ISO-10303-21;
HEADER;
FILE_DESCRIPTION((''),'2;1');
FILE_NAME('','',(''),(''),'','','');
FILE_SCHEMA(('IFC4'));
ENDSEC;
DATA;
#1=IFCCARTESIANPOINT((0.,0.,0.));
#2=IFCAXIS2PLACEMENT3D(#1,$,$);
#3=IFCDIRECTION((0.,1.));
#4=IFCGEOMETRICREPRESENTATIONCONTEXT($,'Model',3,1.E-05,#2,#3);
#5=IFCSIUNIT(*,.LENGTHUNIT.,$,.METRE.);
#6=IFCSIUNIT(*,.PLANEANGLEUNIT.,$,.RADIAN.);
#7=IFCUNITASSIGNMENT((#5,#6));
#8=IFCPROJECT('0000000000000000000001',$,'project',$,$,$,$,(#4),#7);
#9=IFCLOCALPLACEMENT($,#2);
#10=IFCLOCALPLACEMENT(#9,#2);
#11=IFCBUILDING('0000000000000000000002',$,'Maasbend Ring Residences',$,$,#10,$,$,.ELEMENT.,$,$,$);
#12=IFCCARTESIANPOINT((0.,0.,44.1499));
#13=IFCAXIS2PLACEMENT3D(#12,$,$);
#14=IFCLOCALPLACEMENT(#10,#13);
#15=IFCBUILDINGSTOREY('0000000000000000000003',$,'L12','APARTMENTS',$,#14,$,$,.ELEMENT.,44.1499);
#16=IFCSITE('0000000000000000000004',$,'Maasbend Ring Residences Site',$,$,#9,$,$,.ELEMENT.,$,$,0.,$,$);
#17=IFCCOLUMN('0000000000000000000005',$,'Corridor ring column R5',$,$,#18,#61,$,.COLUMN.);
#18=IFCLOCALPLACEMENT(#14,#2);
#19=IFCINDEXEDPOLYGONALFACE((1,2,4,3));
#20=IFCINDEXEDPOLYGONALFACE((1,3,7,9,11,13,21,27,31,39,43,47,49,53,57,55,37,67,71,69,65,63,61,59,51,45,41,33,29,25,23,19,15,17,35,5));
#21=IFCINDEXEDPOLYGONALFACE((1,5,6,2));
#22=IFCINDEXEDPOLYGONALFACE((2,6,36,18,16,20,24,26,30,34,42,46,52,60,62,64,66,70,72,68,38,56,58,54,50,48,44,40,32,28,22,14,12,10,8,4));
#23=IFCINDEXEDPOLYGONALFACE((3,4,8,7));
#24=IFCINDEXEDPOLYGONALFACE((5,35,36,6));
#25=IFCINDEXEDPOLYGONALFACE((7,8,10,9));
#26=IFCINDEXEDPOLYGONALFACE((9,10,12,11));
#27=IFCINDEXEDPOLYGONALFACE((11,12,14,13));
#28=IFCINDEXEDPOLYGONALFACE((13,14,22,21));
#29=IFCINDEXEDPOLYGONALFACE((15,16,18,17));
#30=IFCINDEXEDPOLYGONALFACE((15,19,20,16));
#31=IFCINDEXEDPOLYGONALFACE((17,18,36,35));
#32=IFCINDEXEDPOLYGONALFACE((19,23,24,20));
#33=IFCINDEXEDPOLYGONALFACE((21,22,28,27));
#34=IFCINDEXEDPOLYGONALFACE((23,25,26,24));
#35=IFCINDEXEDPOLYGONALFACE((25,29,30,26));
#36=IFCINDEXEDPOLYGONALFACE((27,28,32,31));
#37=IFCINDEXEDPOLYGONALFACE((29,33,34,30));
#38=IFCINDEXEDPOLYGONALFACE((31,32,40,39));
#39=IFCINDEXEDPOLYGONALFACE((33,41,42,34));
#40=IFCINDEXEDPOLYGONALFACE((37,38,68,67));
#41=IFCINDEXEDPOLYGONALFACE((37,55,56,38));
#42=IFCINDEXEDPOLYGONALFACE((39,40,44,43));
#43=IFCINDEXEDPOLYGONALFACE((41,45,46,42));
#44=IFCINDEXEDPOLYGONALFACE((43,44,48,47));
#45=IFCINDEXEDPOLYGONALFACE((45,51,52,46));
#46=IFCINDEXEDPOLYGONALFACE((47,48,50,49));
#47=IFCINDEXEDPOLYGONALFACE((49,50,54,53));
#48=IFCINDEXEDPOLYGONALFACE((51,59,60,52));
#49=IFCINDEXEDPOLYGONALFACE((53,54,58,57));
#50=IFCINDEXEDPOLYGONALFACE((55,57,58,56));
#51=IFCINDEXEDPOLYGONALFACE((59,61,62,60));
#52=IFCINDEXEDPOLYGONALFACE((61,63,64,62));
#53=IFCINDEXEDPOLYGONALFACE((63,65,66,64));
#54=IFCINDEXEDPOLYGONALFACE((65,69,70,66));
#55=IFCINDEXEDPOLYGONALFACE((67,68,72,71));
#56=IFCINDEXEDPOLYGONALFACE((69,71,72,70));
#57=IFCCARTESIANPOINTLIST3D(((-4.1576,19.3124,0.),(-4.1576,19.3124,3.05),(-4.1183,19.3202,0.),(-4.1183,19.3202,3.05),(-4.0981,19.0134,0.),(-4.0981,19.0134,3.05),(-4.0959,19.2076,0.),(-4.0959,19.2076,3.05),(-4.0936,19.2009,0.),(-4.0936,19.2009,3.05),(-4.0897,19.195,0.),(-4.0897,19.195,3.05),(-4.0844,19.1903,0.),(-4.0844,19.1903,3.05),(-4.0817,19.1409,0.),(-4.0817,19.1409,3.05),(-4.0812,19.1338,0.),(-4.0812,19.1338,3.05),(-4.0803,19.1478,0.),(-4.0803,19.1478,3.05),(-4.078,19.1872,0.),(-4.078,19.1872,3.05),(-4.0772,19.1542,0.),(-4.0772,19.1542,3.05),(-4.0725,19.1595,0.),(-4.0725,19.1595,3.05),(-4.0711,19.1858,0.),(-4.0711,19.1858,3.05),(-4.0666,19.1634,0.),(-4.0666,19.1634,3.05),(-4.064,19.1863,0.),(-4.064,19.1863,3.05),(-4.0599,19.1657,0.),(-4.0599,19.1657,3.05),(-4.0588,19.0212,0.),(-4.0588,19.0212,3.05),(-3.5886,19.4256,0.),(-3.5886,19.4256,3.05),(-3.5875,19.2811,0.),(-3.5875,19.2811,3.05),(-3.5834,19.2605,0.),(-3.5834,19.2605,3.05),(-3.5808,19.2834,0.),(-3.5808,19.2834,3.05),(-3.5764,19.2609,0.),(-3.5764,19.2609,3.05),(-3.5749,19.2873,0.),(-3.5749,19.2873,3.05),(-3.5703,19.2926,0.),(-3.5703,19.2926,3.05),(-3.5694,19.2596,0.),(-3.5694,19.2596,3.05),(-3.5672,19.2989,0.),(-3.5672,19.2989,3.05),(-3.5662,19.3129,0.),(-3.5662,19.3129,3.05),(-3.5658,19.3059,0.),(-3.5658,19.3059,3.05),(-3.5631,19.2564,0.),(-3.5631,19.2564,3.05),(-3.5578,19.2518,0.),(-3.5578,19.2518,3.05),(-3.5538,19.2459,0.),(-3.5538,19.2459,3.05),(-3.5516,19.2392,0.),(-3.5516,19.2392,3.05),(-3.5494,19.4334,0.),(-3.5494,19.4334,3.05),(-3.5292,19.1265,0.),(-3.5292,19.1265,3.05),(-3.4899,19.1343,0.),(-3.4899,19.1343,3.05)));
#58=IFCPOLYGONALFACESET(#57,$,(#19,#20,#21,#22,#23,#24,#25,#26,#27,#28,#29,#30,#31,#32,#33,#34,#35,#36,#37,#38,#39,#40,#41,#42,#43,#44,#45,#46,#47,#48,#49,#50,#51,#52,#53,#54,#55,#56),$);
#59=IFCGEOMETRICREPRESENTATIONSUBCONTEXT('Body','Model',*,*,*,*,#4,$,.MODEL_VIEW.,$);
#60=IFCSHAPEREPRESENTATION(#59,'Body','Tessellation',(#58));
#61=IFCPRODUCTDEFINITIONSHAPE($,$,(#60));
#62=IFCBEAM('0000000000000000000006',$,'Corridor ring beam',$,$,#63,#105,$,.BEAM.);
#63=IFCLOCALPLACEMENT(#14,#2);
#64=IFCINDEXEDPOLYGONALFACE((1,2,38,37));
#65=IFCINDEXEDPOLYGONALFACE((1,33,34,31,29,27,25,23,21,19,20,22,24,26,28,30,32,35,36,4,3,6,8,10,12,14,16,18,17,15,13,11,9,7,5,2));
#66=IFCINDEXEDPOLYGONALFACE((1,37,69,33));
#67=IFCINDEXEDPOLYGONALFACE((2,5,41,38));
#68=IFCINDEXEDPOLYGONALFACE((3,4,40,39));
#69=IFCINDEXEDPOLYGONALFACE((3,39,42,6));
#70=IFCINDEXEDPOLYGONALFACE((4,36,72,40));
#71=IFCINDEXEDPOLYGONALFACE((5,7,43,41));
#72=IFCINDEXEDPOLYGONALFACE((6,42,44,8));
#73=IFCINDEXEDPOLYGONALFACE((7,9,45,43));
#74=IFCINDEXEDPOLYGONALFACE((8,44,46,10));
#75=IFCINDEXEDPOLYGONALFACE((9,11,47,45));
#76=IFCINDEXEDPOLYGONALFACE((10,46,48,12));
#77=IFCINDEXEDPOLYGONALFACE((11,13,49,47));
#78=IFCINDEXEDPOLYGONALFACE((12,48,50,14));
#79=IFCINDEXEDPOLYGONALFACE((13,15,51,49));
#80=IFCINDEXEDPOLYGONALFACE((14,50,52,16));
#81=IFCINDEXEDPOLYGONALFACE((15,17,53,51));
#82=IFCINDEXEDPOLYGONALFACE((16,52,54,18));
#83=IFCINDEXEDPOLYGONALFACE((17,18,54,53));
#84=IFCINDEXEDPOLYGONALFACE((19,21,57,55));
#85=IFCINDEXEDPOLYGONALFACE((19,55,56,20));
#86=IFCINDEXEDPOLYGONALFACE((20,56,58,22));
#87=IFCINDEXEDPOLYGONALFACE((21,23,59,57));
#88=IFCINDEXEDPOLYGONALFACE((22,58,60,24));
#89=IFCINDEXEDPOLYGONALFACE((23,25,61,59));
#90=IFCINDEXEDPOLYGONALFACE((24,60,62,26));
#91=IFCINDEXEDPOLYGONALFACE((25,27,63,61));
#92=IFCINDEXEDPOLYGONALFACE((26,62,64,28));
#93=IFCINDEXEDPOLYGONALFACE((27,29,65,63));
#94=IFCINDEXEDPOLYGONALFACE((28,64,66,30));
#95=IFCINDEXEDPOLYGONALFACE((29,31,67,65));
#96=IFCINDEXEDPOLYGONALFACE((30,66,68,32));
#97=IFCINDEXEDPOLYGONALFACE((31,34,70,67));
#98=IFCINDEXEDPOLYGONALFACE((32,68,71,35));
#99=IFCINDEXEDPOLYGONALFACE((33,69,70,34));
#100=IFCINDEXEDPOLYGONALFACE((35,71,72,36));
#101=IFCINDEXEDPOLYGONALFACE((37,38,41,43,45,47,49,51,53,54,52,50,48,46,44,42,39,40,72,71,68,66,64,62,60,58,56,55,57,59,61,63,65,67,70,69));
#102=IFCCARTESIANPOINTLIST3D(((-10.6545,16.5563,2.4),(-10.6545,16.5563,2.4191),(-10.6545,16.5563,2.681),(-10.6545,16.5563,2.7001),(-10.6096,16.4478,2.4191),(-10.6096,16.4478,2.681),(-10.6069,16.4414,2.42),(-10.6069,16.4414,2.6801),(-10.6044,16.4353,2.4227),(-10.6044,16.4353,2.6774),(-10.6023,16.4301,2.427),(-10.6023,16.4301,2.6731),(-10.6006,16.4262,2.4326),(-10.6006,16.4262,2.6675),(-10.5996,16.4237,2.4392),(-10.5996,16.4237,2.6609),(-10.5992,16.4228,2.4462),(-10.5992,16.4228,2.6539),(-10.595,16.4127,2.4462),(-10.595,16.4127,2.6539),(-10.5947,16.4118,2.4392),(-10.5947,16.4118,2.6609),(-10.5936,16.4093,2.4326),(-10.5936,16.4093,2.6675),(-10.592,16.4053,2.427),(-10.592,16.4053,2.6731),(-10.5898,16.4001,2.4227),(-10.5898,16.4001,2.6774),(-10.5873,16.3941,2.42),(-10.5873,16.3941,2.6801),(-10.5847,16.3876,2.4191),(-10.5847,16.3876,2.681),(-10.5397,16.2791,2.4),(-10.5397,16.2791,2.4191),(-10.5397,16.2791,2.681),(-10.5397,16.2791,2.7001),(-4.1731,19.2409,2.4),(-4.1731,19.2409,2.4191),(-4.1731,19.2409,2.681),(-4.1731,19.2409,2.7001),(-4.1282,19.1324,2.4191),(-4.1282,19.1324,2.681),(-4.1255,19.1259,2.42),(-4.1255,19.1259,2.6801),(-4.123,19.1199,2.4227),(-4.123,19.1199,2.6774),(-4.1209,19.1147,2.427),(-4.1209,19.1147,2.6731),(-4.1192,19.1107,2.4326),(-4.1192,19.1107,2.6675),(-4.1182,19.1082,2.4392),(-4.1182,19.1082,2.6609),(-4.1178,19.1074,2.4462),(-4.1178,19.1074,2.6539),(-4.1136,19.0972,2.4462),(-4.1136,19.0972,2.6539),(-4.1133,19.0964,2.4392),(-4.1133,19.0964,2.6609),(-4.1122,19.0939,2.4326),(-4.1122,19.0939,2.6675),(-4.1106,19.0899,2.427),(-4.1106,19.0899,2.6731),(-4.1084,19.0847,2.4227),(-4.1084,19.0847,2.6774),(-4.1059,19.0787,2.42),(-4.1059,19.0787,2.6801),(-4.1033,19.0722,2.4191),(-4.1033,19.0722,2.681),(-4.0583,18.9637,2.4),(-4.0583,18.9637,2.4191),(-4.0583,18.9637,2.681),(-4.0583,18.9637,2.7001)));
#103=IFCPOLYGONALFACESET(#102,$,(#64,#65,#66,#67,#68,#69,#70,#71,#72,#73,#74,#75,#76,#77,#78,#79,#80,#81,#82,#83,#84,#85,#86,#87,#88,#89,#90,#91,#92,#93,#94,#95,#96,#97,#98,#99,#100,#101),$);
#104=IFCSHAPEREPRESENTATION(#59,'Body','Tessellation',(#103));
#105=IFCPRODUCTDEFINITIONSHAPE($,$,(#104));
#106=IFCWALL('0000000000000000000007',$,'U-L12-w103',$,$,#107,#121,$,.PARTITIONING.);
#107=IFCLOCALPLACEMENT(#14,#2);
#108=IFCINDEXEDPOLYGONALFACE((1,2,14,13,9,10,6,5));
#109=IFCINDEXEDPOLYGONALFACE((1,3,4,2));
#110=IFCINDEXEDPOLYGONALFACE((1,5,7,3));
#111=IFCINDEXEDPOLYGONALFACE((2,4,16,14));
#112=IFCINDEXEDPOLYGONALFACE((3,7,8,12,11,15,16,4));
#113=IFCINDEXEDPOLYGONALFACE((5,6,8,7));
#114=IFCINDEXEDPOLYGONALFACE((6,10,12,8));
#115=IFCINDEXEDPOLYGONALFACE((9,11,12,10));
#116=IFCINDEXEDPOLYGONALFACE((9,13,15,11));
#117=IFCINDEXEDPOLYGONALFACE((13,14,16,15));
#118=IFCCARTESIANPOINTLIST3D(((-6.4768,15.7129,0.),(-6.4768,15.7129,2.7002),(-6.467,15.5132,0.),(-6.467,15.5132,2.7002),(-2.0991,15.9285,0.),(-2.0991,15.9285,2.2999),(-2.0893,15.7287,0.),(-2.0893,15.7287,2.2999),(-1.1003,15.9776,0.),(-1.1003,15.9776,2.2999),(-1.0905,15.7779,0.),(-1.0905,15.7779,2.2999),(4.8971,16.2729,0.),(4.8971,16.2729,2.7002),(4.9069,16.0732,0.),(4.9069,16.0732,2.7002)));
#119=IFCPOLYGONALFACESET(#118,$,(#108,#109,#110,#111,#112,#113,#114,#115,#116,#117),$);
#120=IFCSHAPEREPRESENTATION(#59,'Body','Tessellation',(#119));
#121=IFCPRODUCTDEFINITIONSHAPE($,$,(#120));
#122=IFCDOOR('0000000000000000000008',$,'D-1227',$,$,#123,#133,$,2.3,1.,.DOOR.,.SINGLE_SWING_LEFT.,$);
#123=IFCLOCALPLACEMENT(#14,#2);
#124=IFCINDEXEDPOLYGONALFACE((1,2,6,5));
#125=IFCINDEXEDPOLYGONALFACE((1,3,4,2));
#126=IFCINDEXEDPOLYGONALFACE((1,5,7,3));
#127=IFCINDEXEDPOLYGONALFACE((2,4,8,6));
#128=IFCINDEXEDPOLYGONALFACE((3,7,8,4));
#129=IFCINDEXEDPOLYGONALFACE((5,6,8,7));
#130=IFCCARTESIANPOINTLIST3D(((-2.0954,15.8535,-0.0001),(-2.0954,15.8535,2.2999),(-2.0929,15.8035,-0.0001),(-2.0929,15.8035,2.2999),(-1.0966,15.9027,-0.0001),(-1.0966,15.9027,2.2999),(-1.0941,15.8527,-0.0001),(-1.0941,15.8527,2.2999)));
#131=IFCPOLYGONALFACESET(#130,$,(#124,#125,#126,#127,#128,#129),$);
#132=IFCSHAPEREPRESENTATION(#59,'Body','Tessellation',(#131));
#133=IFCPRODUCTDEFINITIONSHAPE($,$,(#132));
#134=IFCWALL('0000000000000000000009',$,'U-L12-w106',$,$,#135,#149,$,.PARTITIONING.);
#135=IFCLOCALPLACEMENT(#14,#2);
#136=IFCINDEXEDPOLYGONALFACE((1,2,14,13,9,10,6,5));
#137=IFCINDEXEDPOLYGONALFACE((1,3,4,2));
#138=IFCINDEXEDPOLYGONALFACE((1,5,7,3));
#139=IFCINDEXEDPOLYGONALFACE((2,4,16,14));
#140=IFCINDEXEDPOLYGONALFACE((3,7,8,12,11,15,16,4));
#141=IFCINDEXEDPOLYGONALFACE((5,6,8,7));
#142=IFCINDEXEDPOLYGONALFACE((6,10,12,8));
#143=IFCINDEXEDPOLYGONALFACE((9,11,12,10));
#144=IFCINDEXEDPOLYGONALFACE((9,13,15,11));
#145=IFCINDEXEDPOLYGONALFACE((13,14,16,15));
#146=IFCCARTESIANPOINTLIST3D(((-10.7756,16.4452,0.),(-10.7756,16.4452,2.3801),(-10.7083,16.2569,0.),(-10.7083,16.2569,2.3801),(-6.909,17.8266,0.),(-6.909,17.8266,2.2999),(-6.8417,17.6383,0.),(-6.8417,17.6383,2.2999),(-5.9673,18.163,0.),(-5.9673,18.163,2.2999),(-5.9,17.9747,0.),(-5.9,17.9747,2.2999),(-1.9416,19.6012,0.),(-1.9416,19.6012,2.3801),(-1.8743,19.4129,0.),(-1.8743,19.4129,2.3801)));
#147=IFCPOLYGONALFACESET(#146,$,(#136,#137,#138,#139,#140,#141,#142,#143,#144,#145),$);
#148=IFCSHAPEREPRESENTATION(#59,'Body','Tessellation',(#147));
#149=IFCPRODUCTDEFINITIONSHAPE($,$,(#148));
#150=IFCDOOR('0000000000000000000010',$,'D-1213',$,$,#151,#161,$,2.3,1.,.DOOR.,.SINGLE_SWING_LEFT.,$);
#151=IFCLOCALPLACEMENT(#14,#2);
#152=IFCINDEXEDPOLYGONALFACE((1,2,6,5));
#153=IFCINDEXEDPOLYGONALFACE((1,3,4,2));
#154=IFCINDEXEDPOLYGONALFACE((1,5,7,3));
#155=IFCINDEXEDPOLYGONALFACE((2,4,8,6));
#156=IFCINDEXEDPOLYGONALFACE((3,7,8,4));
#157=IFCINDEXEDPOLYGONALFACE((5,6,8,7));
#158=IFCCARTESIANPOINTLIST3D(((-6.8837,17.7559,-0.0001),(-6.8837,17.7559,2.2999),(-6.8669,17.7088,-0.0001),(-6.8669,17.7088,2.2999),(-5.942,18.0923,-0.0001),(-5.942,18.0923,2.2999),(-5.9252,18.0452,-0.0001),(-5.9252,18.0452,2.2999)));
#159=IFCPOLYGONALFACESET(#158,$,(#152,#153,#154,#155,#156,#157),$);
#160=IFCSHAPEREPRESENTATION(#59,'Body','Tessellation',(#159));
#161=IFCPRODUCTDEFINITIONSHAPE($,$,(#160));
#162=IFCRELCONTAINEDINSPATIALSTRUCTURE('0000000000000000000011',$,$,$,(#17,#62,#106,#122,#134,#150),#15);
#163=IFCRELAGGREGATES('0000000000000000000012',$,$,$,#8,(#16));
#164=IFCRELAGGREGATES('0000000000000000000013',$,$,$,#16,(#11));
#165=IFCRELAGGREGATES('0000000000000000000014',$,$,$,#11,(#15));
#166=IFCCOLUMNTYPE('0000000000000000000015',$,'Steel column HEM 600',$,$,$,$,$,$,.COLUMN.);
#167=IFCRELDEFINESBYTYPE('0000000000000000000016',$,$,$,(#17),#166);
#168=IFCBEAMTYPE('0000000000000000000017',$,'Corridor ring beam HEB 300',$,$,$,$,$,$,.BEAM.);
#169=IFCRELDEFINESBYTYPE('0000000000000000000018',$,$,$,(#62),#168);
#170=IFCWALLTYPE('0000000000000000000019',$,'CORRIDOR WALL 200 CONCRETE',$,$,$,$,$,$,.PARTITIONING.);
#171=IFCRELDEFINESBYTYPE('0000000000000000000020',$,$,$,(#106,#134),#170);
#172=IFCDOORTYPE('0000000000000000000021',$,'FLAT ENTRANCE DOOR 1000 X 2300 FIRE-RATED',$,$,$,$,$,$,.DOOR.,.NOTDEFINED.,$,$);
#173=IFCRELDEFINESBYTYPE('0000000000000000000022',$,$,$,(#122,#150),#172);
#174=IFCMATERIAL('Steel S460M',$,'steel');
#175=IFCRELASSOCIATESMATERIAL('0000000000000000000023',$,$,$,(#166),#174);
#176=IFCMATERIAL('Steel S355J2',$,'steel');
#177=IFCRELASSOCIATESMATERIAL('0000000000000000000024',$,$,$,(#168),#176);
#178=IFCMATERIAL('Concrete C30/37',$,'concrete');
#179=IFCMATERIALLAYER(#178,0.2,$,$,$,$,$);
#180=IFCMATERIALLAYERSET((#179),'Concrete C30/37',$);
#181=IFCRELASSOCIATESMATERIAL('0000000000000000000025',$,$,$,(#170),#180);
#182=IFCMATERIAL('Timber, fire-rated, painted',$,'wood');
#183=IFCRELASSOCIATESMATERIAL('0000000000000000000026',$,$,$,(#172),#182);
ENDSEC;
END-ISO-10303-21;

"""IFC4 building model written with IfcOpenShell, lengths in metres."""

from ifc_helpers import new_model, si_unit, direction, frame, frame_2d, origin, origin_2d, place, context, subcontext, project, spatial, rectangle, i_section, extrude, material, layer, layer_set, material_profile, profile_set, type_object, element, fill, save


model = new_model("IFC4")

# Units and contexts
model_context = context("Model", 3, precision=1e-05, world=origin(), true_north=direction((0.0, 1.0)))
body_context = subcontext(model_context, "Body", "Model", "MODEL_VIEW")
ifc_project = project(units=[si_unit("LENGTHUNIT", "METRE"), si_unit("PLANEANGLEUNIT", "RADIAN")], contexts=[model_context])

# Site, building, storey
site_placement = place(None, origin())
site = spatial("IfcSite", under=ifc_project, at=site_placement, Name="Maasbend Ring Residences Site", CompositionType="ELEMENT", RefElevation=0.0)
building_placement = place(site_placement, origin())
building = spatial("IfcBuilding", under=site, at=building_placement, Name="Maasbend Ring Residences", CompositionType="ELEMENT")
storey_placement = place(building_placement, frame((0.0, 0.0, 44.1499)))
storey = spatial("IfcBuildingStorey", under=building, at=storey_placement, Name="L12", Description="APARTMENTS", CompositionType="ELEMENT", Elevation=44.1499)

# Column
ifc_material_1 = material(Name="Steel S460M", Category="steel")
ifc_material_profile_1 = material_profile(ifc_material_1, i_section(OverallWidth=0.3049, OverallDepth=0.6201, WebThickness=0.021, FlangeThickness=0.04, FilletRadius=0.0271, at=origin_2d()), Name="HEM 600")
ifc_profile_set_1 = profile_set([ifc_material_profile_1], Name="Steel S460M")
column_type = type_object("IfcColumnType", Name="Steel column HEM 600", PredefinedType="COLUMN", material=ifc_profile_set_1)
column_placement = place(storey_placement, frame((-3.8237, 19.2234, 0.0), z_axis=(0.0, 0.0, 1.0), x_axis=(-0.19509, 0.980785, 0.0)))
element("IfcColumn", 1, at=column_placement, inside=storey, type_object=column_type, Name="Corridor ring column R5", PredefinedType="COLUMN", context=body_context, shape_type="SweptSolid", body=[
    extrude(i_section(OverallWidth=0.3049, OverallDepth=0.6201, WebThickness=0.021, FlangeThickness=0.04, FilletRadius=0.0271, at=origin_2d()), origin(), (0.0, 0.0, 1.0), 3.05),
])

# Beam
ifc_material_2 = material(Name="Steel S355J2", Category="steel")
ifc_material_profile_2 = material_profile(ifc_material_2, i_section(OverallWidth=0.3, OverallDepth=0.3, WebThickness=0.011, FlangeThickness=0.019, FilletRadius=0.0271, at=origin_2d()), Name="HEB 300")
ifc_profile_set_2 = profile_set([ifc_material_profile_2], Name="Steel S355J2")
beam_type = type_object("IfcBeamType", Name="Corridor ring beam HEB 300", PredefinedType="BEAM", material=ifc_profile_set_2)
beam_placement = place(storey_placement, frame((-4.1157, 19.1023, 2.55), z_axis=(-0.923886, -0.382667, 0.0), x_axis=(0.382667, -0.923886, 0.0)))
element("IfcBeam", 2, at=beam_placement, inside=storey, type_object=beam_type, Name="Corridor ring beam", PredefinedType="BEAM", context=body_context, shape_type="SweptSolid", body=[
    extrude(i_section(OverallWidth=0.3, OverallDepth=0.3, WebThickness=0.011, FlangeThickness=0.019, FilletRadius=0.0271, at=origin_2d()), origin(), (0.0, 0.0, 1.0), 7.0154),
])

# Walls, openings, doors
ifc_material_3 = material(Name="Concrete C30/37", Category="concrete")
ifc_layer_1 = layer(ifc_material_3, 0.2)
ifc_layer_set_1 = layer_set([ifc_layer_1], Name="Concrete C30/37")
wall_type_1 = type_object("IfcWallType", Name="CORRIDOR WALL 200 CONCRETE", PredefinedType="PARTITIONING", material=ifc_layer_set_1)
wall_1_placement = place(storey_placement, frame((-6.4719, 15.613, 0.0), z_axis=(0.0, 0.0, 1.0), x_axis=(0.99879, 0.049181, 0.0)))
wall_1 = element("IfcWall", 3, at=wall_1_placement, inside=storey, type_object=wall_type_1, Name="U-L12-w103", PredefinedType="PARTITIONING", context=body_context, shape_type="SweptSolid", body=[
    extrude(rectangle(XDim=11.3877, YDim=0.2, at=frame_2d((5.6938, 0.0))), origin(), (0.0, 0.0, 1.0), 2.7002),
])
opening_1_placement = place(wall_1_placement, frame((4.3831, 0.0, 0.0)))
opening_1 = element("IfcOpeningElement", 4, at=opening_1_placement, cuts=wall_1, PredefinedType="OPENING", context=body_context, shape_type="SweptSolid", body=[
    extrude(rectangle(XDim=1.0, YDim=2.3, at=frame_2d((0.5, 1.1499))), frame((0.0, 0.1099, 0.0), z_axis=(0.0, -1.0, 0.0), x_axis=(1.0, 0.0, 0.0)), (0.0, 0.0, 1.0), 0.22),
])
ifc_material_4 = material(Name="Timber, fire-rated, painted", Category="wood")
door_type_1 = type_object("IfcDoorType", Name="FLAT ENTRANCE DOOR 1000 X 2300 FIRE-RATED", OperationType="NOTDEFINED", PredefinedType="DOOR", material=ifc_material_4)
door_1_placement = place(opening_1_placement, origin())
door_1 = element("IfcDoor", 5, at=door_1_placement, inside=storey, type_object=door_type_1, Name="D-1227", OperationType="SINGLE_SWING_LEFT", OverallHeight=2.3, OverallWidth=1.0, PredefinedType="DOOR", context=body_context, shape_type="SweptSolid", body=[
    extrude(rectangle(XDim=1.0, YDim=2.3, at=frame_2d((0.5, 1.1499))), frame((0.0, 0.0249, 0.0), z_axis=(0.0, -1.0, 0.0), x_axis=(1.0, 0.0, 0.0)), (0.0, 0.0, 1.0), 0.05),
])
fill(opening_1, door_1)
wall_2_placement = place(storey_placement, frame((-10.7419, 16.3511, 0.0), z_axis=(0.0, 0.0, 1.0), x_axis=(0.941708, 0.336432, 0.0)))
wall_2 = element("IfcWall", 6, at=wall_2_placement, inside=storey, type_object=wall_type_1, Name="U-L12-w106", PredefinedType="PARTITIONING", context=body_context, shape_type="SweptSolid", body=[
    extrude(rectangle(XDim=9.3809, YDim=0.2, at=frame_2d((4.6904, 0.0))), origin(), (0.0, 0.0, 1.0), 2.3801),
])
opening_2_placement = place(wall_2_placement, frame((4.106, 0.0, 0.0)))
opening_2 = element("IfcOpeningElement", 7, at=opening_2_placement, cuts=wall_2, PredefinedType="OPENING", context=body_context, shape_type="SweptSolid", body=[
    extrude(rectangle(XDim=1.0, YDim=2.3, at=frame_2d((0.5, 1.1499))), frame((0.0, 0.1099, 0.0), z_axis=(0.0, -1.0, 0.0), x_axis=(1.0, 0.0, 0.0)), (0.0, 0.0, 1.0), 0.22),
])
door_2_placement = place(opening_2_placement, origin())
door_2 = element("IfcDoor", 8, at=door_2_placement, inside=storey, type_object=door_type_1, Name="D-1213", OperationType="SINGLE_SWING_LEFT", OverallHeight=2.3, OverallWidth=1.0, PredefinedType="DOOR", context=body_context, shape_type="SweptSolid", body=[
    extrude(rectangle(XDim=1.0, YDim=2.3, at=frame_2d((0.5, 1.1499))), frame((0.0, 0.0249, 0.0), z_axis=(0.0, -1.0, 0.0), x_axis=(1.0, 0.0, 0.0)), (0.0, 0.0, 1.0), 0.05),
])
fill(opening_2, door_2)

save(model, "model.ifc")
